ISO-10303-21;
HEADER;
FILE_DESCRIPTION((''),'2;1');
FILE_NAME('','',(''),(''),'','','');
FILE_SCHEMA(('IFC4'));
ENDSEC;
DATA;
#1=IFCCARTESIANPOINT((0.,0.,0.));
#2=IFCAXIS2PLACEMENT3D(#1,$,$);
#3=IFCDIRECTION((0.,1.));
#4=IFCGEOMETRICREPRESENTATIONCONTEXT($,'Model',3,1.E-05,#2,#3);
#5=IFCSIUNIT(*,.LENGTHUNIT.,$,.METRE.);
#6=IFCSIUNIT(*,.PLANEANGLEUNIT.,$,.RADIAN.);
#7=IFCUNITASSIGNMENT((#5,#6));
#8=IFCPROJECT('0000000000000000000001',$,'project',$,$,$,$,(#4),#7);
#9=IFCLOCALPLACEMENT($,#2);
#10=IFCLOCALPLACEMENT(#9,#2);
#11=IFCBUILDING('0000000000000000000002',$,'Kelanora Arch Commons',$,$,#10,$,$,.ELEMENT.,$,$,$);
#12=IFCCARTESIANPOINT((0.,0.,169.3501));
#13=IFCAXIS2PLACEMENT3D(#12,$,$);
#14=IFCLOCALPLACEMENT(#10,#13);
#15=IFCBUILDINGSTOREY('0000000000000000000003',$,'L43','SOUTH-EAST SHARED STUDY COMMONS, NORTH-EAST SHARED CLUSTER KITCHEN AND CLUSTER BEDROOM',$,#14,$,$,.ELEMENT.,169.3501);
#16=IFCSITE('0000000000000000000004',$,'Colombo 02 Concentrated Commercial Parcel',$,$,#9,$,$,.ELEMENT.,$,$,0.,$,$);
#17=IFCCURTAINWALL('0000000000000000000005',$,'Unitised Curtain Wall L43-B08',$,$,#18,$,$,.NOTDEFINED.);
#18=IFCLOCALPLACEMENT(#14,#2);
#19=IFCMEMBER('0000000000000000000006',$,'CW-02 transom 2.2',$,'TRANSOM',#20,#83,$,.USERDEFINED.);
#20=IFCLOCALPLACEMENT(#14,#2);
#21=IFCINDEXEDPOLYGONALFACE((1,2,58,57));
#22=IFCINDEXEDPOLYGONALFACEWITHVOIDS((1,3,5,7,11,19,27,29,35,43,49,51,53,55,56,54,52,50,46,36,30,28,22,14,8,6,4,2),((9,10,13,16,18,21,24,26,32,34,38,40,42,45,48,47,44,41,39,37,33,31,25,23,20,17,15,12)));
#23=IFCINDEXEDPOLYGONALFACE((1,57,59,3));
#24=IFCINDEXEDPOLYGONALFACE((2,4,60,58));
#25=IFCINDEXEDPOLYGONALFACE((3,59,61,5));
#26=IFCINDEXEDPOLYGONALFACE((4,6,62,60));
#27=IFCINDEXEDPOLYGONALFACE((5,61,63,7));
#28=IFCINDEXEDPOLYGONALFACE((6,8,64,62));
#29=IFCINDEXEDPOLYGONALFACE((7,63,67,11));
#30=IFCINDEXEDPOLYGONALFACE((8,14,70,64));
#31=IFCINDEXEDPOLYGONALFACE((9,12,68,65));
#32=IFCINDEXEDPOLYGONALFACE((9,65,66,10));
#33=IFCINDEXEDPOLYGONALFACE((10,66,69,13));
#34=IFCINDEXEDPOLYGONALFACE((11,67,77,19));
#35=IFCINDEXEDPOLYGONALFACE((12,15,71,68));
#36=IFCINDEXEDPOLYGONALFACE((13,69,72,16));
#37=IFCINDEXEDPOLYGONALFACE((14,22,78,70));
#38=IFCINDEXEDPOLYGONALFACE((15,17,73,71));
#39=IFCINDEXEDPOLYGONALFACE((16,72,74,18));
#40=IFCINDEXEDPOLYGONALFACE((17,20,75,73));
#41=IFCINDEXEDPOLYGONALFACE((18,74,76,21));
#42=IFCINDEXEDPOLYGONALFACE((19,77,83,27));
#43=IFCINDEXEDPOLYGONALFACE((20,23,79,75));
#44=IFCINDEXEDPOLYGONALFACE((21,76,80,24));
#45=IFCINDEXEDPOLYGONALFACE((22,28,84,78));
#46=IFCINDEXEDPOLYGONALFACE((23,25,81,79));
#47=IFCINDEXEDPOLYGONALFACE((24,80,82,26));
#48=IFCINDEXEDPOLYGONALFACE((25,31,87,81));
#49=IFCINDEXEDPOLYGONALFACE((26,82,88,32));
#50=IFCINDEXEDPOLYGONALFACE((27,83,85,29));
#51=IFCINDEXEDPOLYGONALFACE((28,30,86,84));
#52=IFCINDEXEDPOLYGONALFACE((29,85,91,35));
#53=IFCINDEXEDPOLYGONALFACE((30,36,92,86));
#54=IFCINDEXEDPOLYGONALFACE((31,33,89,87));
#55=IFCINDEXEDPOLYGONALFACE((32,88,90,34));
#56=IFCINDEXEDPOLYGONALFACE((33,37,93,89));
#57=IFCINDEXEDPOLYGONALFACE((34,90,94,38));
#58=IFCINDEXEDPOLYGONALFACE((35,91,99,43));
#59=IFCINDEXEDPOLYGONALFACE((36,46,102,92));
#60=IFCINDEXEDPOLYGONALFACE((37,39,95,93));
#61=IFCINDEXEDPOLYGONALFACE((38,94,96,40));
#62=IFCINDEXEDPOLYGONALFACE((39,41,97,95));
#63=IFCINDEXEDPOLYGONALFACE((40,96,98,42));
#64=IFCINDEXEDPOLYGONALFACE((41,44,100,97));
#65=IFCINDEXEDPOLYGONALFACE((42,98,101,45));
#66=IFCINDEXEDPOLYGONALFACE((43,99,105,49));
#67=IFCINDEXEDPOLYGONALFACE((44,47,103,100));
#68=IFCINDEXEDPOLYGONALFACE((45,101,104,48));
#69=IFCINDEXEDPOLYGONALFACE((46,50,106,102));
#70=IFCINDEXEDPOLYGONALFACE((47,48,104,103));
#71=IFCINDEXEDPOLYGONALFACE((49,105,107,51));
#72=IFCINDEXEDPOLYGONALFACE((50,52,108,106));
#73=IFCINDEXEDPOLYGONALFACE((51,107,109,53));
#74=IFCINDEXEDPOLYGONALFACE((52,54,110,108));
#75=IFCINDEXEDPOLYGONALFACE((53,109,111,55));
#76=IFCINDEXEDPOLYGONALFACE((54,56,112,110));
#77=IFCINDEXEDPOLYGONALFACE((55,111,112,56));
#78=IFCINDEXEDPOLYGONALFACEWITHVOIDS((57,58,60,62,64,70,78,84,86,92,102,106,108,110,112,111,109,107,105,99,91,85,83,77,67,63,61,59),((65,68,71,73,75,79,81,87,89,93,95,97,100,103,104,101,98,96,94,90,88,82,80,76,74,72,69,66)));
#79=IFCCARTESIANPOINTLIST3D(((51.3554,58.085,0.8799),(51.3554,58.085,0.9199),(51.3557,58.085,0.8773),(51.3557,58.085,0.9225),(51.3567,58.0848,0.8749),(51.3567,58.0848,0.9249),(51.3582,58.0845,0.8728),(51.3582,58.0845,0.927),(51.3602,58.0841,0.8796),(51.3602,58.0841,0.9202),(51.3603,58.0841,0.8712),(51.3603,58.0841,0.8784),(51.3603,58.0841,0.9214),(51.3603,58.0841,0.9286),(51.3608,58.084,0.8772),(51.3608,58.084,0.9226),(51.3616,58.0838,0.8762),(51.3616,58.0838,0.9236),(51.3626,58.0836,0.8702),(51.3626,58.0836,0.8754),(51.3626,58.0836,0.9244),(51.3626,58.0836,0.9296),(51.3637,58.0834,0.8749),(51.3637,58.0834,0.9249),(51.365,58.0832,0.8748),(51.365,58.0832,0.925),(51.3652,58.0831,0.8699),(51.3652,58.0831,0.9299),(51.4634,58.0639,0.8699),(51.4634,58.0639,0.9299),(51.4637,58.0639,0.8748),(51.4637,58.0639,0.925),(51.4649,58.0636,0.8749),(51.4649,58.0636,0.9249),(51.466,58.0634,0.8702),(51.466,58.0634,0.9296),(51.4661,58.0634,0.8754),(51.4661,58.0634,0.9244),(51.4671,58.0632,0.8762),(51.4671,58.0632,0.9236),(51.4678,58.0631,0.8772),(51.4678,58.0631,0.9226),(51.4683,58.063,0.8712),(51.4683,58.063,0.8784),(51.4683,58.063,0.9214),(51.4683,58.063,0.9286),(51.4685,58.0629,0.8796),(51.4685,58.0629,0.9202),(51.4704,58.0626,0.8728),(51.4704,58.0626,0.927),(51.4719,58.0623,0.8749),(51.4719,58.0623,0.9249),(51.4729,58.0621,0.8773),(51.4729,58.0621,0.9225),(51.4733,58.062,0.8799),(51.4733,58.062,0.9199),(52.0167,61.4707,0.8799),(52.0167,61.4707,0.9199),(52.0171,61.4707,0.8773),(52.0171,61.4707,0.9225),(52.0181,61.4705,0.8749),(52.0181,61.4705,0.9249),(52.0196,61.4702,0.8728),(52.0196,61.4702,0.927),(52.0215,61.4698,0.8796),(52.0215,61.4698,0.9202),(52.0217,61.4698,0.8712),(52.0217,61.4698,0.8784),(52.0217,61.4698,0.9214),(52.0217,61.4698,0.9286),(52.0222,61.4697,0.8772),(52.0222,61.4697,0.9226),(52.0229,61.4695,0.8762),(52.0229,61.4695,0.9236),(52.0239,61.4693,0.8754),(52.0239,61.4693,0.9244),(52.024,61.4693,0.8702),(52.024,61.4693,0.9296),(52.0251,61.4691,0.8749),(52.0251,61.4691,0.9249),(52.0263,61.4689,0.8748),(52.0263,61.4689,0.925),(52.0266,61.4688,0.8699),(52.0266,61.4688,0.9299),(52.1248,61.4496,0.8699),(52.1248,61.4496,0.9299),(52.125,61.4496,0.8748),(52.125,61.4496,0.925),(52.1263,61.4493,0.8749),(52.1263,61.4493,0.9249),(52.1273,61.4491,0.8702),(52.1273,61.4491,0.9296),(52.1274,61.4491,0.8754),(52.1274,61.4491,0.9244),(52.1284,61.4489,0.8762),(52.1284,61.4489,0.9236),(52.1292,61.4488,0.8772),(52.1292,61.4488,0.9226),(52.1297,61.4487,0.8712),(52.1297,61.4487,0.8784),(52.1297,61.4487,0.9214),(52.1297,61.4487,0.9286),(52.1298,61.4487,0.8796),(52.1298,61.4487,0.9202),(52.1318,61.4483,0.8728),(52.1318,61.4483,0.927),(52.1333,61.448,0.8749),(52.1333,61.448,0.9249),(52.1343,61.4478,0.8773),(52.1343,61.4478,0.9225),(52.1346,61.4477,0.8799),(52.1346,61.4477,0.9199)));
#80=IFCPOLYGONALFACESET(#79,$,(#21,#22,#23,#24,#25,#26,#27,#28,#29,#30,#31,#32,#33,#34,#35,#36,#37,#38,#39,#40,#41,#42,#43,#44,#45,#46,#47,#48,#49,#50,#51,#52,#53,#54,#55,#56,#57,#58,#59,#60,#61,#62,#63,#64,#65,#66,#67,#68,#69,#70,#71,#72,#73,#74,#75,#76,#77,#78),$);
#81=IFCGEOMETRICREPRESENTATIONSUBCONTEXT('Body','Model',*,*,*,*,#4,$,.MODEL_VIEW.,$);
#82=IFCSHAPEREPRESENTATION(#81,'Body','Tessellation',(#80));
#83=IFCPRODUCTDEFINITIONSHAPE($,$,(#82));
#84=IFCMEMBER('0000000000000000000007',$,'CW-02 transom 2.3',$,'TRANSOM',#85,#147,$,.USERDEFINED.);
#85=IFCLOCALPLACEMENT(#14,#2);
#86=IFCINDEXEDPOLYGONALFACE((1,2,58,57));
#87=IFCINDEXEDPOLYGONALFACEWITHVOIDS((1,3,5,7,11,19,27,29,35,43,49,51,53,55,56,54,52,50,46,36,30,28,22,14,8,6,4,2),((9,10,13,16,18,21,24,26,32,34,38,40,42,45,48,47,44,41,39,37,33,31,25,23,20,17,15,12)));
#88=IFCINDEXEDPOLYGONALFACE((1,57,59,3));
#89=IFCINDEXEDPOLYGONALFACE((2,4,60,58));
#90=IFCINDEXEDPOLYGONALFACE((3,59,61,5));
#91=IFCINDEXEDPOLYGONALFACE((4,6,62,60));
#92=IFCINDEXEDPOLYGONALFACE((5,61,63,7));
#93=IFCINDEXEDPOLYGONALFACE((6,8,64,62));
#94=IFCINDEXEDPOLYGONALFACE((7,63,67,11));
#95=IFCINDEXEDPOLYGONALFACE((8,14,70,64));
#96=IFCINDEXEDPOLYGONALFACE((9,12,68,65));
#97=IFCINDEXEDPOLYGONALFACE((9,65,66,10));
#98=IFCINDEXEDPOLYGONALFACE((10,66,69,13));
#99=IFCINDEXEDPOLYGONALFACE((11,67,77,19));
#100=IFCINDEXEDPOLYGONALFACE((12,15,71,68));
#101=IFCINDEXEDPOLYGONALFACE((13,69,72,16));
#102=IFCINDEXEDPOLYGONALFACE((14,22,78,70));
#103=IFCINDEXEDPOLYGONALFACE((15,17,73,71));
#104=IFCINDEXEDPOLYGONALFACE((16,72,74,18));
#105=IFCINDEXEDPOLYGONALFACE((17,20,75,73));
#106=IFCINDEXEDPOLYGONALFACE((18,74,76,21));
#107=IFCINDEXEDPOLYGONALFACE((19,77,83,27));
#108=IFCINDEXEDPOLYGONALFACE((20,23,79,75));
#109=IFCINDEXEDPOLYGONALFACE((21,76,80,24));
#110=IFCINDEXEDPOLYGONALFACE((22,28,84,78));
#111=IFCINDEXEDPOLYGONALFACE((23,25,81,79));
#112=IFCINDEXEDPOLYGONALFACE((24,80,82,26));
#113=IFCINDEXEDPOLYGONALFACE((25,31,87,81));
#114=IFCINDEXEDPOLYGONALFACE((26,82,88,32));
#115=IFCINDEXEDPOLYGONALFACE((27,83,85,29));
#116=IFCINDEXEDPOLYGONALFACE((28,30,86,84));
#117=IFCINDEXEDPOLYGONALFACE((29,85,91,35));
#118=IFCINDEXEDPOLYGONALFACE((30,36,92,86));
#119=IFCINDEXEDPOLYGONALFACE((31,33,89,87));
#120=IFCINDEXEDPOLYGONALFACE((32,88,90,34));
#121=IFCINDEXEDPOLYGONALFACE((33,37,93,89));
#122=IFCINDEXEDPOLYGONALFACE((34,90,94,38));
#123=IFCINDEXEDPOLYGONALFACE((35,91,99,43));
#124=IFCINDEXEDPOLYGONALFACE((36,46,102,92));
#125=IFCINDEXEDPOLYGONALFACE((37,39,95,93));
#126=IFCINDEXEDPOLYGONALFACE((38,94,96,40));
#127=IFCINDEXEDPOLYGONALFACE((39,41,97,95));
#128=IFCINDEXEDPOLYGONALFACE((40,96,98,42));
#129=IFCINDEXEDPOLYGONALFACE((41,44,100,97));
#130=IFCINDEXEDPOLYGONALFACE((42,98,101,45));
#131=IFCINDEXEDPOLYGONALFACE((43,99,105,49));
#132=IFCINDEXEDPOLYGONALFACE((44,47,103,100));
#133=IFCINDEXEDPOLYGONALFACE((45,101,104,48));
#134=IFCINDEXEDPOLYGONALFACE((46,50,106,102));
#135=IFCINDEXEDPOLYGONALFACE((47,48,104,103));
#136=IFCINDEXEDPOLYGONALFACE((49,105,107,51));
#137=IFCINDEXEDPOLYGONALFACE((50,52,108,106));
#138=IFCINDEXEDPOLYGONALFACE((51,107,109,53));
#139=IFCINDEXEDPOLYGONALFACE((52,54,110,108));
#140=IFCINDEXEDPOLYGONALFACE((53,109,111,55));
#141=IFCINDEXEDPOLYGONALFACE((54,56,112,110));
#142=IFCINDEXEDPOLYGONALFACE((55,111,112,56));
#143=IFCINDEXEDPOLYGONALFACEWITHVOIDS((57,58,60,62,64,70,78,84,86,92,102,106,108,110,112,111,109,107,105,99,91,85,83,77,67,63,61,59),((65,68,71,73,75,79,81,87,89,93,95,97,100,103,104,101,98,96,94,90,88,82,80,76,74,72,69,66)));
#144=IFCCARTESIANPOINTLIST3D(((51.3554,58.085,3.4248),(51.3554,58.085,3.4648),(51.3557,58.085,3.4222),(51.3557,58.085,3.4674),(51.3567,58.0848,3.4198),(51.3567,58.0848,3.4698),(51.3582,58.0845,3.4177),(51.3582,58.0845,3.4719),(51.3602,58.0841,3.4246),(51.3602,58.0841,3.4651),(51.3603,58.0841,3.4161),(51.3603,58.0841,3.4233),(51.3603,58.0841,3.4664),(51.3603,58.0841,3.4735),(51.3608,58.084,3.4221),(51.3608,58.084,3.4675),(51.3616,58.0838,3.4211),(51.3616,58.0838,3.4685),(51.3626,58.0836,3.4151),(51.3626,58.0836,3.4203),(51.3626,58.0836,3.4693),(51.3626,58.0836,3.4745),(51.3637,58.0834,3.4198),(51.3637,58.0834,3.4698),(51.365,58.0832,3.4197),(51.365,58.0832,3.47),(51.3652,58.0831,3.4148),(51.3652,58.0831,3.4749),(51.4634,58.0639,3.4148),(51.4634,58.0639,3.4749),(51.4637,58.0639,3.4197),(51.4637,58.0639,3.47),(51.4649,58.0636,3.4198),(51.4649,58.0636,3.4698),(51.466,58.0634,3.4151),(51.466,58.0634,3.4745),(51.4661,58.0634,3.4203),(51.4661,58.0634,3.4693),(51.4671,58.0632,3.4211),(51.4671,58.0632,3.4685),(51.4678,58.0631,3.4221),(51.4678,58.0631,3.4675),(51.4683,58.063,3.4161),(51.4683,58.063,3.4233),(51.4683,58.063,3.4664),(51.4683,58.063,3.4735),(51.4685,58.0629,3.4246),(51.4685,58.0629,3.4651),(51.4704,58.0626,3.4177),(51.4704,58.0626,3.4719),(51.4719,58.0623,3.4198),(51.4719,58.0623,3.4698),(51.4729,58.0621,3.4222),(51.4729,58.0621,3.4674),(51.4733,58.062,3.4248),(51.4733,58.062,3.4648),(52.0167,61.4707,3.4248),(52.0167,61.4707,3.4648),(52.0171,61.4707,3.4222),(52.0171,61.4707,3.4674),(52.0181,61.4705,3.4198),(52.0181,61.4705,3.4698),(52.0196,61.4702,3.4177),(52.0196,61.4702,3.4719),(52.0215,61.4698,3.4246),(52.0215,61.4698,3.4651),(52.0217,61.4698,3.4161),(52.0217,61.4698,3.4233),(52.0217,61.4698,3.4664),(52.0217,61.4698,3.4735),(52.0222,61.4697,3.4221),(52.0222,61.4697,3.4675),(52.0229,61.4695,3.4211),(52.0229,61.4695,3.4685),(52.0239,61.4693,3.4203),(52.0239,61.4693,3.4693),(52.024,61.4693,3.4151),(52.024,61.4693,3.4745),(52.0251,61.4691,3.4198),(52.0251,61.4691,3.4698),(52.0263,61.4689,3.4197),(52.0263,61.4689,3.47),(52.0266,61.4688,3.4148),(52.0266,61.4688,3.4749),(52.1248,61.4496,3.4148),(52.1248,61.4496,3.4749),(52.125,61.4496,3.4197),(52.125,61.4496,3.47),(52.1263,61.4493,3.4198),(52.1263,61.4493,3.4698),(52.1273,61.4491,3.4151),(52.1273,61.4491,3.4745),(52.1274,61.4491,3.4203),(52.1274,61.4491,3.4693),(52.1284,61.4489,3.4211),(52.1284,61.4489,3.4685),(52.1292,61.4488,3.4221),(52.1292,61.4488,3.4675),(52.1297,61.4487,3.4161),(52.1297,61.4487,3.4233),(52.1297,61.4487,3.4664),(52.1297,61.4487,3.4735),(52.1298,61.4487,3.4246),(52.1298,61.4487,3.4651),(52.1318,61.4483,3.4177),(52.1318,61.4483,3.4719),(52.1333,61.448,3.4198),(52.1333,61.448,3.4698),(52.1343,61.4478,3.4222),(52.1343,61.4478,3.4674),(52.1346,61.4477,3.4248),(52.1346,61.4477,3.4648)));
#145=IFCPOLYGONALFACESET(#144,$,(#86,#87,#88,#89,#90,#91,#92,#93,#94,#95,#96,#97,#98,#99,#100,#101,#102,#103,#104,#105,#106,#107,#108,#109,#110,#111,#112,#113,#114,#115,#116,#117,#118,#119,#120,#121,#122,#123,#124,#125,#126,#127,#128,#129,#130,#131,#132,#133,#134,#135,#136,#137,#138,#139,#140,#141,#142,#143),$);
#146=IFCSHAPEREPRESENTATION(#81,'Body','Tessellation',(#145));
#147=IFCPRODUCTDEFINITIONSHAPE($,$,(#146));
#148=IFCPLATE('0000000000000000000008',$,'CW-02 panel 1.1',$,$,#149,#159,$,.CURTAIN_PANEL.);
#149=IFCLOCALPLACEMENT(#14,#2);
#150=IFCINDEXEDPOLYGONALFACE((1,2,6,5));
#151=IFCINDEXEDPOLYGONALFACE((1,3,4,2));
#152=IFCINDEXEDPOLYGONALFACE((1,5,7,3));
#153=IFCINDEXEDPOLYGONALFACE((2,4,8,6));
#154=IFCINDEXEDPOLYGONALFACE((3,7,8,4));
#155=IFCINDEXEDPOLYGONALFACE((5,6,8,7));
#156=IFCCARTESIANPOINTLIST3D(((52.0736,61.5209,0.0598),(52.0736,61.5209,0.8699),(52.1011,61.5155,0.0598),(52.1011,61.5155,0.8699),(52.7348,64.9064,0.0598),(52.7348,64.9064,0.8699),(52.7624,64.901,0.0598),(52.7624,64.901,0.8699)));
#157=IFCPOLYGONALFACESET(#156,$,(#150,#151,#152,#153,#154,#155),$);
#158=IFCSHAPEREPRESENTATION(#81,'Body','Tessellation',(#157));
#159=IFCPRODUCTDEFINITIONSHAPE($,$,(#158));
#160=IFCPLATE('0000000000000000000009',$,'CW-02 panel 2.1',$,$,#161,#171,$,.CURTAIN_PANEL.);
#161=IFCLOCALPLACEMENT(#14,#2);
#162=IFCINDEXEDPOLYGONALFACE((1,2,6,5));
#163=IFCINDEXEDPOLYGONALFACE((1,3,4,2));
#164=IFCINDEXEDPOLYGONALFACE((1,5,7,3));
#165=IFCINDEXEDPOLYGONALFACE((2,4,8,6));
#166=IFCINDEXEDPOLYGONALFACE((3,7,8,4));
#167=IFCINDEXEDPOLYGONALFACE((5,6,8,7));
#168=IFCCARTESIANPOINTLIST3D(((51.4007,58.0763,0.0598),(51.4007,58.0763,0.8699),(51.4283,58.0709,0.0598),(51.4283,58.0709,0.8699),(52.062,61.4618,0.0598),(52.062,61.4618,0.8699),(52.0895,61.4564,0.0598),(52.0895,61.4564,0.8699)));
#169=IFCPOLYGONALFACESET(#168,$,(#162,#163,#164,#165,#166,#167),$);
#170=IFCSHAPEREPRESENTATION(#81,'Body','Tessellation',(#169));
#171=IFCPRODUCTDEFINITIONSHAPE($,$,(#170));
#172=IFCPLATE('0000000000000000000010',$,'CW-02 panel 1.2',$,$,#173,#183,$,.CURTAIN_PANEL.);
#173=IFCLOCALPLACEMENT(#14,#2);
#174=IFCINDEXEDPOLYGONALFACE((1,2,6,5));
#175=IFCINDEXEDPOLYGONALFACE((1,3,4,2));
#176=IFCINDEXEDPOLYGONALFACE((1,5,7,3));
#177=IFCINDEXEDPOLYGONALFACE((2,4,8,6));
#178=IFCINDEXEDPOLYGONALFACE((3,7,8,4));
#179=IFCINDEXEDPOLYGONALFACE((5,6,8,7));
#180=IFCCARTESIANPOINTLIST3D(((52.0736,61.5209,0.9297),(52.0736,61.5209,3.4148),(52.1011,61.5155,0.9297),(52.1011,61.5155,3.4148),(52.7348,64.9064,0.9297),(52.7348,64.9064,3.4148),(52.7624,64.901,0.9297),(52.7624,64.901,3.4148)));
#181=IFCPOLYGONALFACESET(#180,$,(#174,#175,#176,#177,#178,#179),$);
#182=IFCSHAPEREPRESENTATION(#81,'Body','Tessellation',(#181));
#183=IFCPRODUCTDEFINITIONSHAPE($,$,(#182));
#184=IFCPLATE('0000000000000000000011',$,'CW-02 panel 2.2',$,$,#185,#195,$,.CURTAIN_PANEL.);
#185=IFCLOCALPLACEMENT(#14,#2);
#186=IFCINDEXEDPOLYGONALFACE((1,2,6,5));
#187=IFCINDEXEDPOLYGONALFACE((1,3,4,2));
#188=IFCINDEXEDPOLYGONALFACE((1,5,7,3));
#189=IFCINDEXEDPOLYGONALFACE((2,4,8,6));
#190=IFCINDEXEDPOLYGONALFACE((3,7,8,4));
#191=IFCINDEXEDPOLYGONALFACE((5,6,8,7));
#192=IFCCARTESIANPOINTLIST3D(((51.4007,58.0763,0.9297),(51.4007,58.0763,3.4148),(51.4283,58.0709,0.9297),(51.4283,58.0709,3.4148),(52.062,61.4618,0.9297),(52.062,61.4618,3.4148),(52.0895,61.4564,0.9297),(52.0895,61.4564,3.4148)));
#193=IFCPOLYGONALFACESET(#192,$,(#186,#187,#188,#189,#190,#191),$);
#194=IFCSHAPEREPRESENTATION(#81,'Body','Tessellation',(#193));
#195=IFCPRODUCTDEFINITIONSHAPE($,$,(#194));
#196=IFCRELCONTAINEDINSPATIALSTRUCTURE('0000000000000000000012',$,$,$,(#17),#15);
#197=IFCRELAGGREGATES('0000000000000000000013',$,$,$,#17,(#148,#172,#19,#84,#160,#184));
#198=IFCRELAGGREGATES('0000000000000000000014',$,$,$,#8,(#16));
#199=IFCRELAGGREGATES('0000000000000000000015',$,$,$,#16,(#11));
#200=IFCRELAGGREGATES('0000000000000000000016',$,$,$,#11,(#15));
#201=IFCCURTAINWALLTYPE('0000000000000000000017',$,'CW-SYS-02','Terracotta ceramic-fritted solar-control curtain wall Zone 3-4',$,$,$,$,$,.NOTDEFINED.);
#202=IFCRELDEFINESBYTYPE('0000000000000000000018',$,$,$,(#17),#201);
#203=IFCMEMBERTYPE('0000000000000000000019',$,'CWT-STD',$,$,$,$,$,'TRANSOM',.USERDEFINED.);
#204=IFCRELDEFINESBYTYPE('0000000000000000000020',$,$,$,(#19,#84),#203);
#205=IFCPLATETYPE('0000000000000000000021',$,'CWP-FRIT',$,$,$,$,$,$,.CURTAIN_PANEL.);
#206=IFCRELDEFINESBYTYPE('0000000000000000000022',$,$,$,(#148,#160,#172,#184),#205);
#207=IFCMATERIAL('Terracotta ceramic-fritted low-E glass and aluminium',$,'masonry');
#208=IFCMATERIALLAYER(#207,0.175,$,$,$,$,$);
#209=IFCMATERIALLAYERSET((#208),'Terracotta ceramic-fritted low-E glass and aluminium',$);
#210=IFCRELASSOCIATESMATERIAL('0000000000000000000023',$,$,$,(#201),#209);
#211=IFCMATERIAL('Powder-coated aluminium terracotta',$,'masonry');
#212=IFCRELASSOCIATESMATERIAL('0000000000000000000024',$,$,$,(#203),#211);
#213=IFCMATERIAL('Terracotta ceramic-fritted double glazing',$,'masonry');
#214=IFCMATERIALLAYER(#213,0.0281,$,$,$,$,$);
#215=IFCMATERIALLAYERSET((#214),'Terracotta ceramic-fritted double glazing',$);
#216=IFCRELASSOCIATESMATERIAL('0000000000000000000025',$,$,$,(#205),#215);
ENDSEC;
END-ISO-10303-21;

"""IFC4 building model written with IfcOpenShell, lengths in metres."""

from ifc_helpers import new_model, si_unit, direction, frame, origin, origin_2d, place, context, subcontext, project, spatial, rectangle, hollow_rectangle, extrude, source, transform, mapped, material, layer, layer_set, material_profile, profile_set, type_object, element, aggregate, save


model = new_model("IFC4")

# Units and contexts
model_context = context("Model", 3, precision=1e-05, world=origin(), true_north=direction((0.0, 1.0)))
body_context = subcontext(model_context, "Body", "Model", "MODEL_VIEW")
ifc_project = project(units=[si_unit("LENGTHUNIT", "METRE"), si_unit("PLANEANGLEUNIT", "RADIAN")], contexts=[model_context])

# Site, building, storey
site_placement = place(None, origin())
site = spatial("IfcSite", under=ifc_project, at=site_placement, Name="Colombo 02 Concentrated Commercial Parcel", CompositionType="ELEMENT", RefElevation=0.0)
building_placement = place(site_placement, origin())
building = spatial("IfcBuilding", under=site, at=building_placement, Name="Kelanora Arch Commons", CompositionType="ELEMENT")
storey_placement = place(building_placement, frame((0.0, 0.0, 169.3501)))
storey = spatial("IfcBuildingStorey", under=building, at=storey_placement, Name="L43", Description="SOUTH-EAST SHARED STUDY COMMONS, NORTH-EAST SHARED CLUSTER KITCHEN AND CLUSTER BEDROOM", CompositionType="ELEMENT", Elevation=169.3501)

# Curtain wall, members, plates
ifc_material_1 = material(Name="Terracotta ceramic-fritted low-E glass and aluminium", Category="masonry")
ifc_layer_1 = layer(ifc_material_1, 0.175)
ifc_layer_set_1 = layer_set([ifc_layer_1], Name="Terracotta ceramic-fritted low-E glass and aluminium")
curtain_wall_type = type_object("IfcCurtainWallType", Name="CW-SYS-02", Description="Terracotta ceramic-fritted solar-control curtain wall Zone 3-4", PredefinedType="NOTDEFINED", material=ifc_layer_set_1)
curtain_wall_placement = place(storey_placement, origin())
curtain_wall = element("IfcCurtainWall", 1, at=curtain_wall_placement, inside=storey, type_object=curtain_wall_type, Name="Unitised Curtain Wall L43-B08", PredefinedType="NOTDEFINED")
ifc_material_2 = material(Name="Powder-coated aluminium terracotta", Category="masonry")
ifc_material_profile_1 = material_profile(ifc_material_2, hollow_rectangle(XDim=0.1201, YDim=0.0601, WallThickness=0.0049, InnerFilletRadius=0.0049, OuterFilletRadius=0.01, at=origin_2d()), Name="CWT120x60")
ifc_profile_set_1 = profile_set([ifc_material_profile_1], Name="Powder-coated aluminium terracotta")
member_type_1 = type_object("IfcMemberType", Name="CWT-STD", ElementType="TRANSOM", PredefinedType="USERDEFINED", material=ifc_profile_set_1)
member_1_placement = place(storey_placement, frame((52.0757, 61.4592, 0.8999), z_axis=(-0.191718, -0.98145, 0.0), x_axis=(0.98145, -0.191718, 0.0)))
member_1 = element("IfcMember", 2, at=member_1_placement, type_object=member_type_1, Name="CW-02 transom 2.2", ObjectType="TRANSOM", PredefinedType="USERDEFINED", context=body_context, shape_type="SweptSolid", body=[
    extrude(hollow_rectangle(XDim=0.1201, YDim=0.0601, WallThickness=0.0049, InnerFilletRadius=0.0049, OuterFilletRadius=0.01, at=origin_2d()), origin(), (0.0, 0.0, 1.0), 3.4497),
])
member_2_placement = place(storey_placement, frame((52.0757, 61.4592, 3.4448), z_axis=(-0.191718, -0.98145, 0.0), x_axis=(0.98145, -0.191718, 0.0)))
member_2 = element("IfcMember", 3, at=member_2_placement, type_object=member_type_1, Name="CW-02 transom 2.3", ObjectType="TRANSOM", PredefinedType="USERDEFINED", context=body_context, shape_type="SweptSolid", body=[
    extrude(hollow_rectangle(XDim=0.1201, YDim=0.0601, WallThickness=0.0049, InnerFilletRadius=0.0049, OuterFilletRadius=0.01, at=origin_2d()), origin(), (0.0, 0.0, 1.0), 3.4497),
])
ifc_material_3 = material(Name="Terracotta ceramic-fritted double glazing", Category="masonry")
ifc_layer_2 = layer(ifc_material_3, 0.0281)
ifc_layer_set_2 = layer_set([ifc_layer_2], Name="Terracotta ceramic-fritted double glazing")
plate_type = type_object("IfcPlateType", Name="CWP-FRIT", PredefinedType="CURTAIN_PANEL", material=ifc_layer_set_2)
shared_shape_1 = source(origin(), body_context, "Body", "SweptSolid", [
    extrude(rectangle(XDim=3.4495, YDim=0.0281, at=origin_2d()), origin(), (0.0, 0.0, 1.0), 0.8101),
])
plate_1_placement = place(storey_placement, frame((52.418, 63.2109, 0.0598), z_axis=(0.0, 0.0, 1.0), x_axis=(-0.191705, -0.981453, 0.0)))
plate_1 = element("IfcPlate", 4, at=plate_1_placement, type_object=plate_type, Name="CW-02 panel 1.1", PredefinedType="CURTAIN_PANEL", context=body_context, shape_type="MappedRepresentation", body=[
    mapped(shared_shape_1, transform((0.0, 0.0, 0.0), scale=1.0)),
])
plate_2_placement = place(storey_placement, frame((51.7451, 59.7664, 0.0598), z_axis=(0.0, 0.0, 1.0), x_axis=(-0.191705, -0.981453, 0.0)))
plate_2 = element("IfcPlate", 5, at=plate_2_placement, type_object=plate_type, Name="CW-02 panel 2.1", PredefinedType="CURTAIN_PANEL", context=body_context, shape_type="MappedRepresentation", body=[
    mapped(shared_shape_1, transform((0.0, 0.0, 0.0), scale=1.0)),
])
shared_shape_2 = source(origin(), body_context, "Body", "SweptSolid", [
    extrude(rectangle(XDim=3.4495, YDim=0.0281, at=origin_2d()), origin(), (0.0, 0.0, 1.0), 2.4851),
])
plate_3_placement = place(storey_placement, frame((52.418, 63.2109, 0.9297), z_axis=(0.0, 0.0, 1.0), x_axis=(-0.191705, -0.981453, 0.0)))
plate_3 = element("IfcPlate", 6, at=plate_3_placement, type_object=plate_type, Name="CW-02 panel 1.2", PredefinedType="CURTAIN_PANEL", context=body_context, shape_type="MappedRepresentation", body=[
    mapped(shared_shape_2, transform((0.0, 0.0, 0.0), scale=1.0)),
])
plate_4_placement = place(storey_placement, frame((51.7451, 59.7664, 0.9297), z_axis=(0.0, 0.0, 1.0), x_axis=(-0.191705, -0.981453, 0.0)))
plate_4 = element("IfcPlate", 7, at=plate_4_placement, type_object=plate_type, Name="CW-02 panel 2.2", PredefinedType="CURTAIN_PANEL", context=body_context, shape_type="MappedRepresentation", body=[
    mapped(shared_shape_2, transform((0.0, 0.0, 0.0), scale=1.0)),
])
aggregate(curtain_wall, [plate_1, plate_3, member_1, member_2, plate_2, plate_4])

save(model, "model.ifc")
